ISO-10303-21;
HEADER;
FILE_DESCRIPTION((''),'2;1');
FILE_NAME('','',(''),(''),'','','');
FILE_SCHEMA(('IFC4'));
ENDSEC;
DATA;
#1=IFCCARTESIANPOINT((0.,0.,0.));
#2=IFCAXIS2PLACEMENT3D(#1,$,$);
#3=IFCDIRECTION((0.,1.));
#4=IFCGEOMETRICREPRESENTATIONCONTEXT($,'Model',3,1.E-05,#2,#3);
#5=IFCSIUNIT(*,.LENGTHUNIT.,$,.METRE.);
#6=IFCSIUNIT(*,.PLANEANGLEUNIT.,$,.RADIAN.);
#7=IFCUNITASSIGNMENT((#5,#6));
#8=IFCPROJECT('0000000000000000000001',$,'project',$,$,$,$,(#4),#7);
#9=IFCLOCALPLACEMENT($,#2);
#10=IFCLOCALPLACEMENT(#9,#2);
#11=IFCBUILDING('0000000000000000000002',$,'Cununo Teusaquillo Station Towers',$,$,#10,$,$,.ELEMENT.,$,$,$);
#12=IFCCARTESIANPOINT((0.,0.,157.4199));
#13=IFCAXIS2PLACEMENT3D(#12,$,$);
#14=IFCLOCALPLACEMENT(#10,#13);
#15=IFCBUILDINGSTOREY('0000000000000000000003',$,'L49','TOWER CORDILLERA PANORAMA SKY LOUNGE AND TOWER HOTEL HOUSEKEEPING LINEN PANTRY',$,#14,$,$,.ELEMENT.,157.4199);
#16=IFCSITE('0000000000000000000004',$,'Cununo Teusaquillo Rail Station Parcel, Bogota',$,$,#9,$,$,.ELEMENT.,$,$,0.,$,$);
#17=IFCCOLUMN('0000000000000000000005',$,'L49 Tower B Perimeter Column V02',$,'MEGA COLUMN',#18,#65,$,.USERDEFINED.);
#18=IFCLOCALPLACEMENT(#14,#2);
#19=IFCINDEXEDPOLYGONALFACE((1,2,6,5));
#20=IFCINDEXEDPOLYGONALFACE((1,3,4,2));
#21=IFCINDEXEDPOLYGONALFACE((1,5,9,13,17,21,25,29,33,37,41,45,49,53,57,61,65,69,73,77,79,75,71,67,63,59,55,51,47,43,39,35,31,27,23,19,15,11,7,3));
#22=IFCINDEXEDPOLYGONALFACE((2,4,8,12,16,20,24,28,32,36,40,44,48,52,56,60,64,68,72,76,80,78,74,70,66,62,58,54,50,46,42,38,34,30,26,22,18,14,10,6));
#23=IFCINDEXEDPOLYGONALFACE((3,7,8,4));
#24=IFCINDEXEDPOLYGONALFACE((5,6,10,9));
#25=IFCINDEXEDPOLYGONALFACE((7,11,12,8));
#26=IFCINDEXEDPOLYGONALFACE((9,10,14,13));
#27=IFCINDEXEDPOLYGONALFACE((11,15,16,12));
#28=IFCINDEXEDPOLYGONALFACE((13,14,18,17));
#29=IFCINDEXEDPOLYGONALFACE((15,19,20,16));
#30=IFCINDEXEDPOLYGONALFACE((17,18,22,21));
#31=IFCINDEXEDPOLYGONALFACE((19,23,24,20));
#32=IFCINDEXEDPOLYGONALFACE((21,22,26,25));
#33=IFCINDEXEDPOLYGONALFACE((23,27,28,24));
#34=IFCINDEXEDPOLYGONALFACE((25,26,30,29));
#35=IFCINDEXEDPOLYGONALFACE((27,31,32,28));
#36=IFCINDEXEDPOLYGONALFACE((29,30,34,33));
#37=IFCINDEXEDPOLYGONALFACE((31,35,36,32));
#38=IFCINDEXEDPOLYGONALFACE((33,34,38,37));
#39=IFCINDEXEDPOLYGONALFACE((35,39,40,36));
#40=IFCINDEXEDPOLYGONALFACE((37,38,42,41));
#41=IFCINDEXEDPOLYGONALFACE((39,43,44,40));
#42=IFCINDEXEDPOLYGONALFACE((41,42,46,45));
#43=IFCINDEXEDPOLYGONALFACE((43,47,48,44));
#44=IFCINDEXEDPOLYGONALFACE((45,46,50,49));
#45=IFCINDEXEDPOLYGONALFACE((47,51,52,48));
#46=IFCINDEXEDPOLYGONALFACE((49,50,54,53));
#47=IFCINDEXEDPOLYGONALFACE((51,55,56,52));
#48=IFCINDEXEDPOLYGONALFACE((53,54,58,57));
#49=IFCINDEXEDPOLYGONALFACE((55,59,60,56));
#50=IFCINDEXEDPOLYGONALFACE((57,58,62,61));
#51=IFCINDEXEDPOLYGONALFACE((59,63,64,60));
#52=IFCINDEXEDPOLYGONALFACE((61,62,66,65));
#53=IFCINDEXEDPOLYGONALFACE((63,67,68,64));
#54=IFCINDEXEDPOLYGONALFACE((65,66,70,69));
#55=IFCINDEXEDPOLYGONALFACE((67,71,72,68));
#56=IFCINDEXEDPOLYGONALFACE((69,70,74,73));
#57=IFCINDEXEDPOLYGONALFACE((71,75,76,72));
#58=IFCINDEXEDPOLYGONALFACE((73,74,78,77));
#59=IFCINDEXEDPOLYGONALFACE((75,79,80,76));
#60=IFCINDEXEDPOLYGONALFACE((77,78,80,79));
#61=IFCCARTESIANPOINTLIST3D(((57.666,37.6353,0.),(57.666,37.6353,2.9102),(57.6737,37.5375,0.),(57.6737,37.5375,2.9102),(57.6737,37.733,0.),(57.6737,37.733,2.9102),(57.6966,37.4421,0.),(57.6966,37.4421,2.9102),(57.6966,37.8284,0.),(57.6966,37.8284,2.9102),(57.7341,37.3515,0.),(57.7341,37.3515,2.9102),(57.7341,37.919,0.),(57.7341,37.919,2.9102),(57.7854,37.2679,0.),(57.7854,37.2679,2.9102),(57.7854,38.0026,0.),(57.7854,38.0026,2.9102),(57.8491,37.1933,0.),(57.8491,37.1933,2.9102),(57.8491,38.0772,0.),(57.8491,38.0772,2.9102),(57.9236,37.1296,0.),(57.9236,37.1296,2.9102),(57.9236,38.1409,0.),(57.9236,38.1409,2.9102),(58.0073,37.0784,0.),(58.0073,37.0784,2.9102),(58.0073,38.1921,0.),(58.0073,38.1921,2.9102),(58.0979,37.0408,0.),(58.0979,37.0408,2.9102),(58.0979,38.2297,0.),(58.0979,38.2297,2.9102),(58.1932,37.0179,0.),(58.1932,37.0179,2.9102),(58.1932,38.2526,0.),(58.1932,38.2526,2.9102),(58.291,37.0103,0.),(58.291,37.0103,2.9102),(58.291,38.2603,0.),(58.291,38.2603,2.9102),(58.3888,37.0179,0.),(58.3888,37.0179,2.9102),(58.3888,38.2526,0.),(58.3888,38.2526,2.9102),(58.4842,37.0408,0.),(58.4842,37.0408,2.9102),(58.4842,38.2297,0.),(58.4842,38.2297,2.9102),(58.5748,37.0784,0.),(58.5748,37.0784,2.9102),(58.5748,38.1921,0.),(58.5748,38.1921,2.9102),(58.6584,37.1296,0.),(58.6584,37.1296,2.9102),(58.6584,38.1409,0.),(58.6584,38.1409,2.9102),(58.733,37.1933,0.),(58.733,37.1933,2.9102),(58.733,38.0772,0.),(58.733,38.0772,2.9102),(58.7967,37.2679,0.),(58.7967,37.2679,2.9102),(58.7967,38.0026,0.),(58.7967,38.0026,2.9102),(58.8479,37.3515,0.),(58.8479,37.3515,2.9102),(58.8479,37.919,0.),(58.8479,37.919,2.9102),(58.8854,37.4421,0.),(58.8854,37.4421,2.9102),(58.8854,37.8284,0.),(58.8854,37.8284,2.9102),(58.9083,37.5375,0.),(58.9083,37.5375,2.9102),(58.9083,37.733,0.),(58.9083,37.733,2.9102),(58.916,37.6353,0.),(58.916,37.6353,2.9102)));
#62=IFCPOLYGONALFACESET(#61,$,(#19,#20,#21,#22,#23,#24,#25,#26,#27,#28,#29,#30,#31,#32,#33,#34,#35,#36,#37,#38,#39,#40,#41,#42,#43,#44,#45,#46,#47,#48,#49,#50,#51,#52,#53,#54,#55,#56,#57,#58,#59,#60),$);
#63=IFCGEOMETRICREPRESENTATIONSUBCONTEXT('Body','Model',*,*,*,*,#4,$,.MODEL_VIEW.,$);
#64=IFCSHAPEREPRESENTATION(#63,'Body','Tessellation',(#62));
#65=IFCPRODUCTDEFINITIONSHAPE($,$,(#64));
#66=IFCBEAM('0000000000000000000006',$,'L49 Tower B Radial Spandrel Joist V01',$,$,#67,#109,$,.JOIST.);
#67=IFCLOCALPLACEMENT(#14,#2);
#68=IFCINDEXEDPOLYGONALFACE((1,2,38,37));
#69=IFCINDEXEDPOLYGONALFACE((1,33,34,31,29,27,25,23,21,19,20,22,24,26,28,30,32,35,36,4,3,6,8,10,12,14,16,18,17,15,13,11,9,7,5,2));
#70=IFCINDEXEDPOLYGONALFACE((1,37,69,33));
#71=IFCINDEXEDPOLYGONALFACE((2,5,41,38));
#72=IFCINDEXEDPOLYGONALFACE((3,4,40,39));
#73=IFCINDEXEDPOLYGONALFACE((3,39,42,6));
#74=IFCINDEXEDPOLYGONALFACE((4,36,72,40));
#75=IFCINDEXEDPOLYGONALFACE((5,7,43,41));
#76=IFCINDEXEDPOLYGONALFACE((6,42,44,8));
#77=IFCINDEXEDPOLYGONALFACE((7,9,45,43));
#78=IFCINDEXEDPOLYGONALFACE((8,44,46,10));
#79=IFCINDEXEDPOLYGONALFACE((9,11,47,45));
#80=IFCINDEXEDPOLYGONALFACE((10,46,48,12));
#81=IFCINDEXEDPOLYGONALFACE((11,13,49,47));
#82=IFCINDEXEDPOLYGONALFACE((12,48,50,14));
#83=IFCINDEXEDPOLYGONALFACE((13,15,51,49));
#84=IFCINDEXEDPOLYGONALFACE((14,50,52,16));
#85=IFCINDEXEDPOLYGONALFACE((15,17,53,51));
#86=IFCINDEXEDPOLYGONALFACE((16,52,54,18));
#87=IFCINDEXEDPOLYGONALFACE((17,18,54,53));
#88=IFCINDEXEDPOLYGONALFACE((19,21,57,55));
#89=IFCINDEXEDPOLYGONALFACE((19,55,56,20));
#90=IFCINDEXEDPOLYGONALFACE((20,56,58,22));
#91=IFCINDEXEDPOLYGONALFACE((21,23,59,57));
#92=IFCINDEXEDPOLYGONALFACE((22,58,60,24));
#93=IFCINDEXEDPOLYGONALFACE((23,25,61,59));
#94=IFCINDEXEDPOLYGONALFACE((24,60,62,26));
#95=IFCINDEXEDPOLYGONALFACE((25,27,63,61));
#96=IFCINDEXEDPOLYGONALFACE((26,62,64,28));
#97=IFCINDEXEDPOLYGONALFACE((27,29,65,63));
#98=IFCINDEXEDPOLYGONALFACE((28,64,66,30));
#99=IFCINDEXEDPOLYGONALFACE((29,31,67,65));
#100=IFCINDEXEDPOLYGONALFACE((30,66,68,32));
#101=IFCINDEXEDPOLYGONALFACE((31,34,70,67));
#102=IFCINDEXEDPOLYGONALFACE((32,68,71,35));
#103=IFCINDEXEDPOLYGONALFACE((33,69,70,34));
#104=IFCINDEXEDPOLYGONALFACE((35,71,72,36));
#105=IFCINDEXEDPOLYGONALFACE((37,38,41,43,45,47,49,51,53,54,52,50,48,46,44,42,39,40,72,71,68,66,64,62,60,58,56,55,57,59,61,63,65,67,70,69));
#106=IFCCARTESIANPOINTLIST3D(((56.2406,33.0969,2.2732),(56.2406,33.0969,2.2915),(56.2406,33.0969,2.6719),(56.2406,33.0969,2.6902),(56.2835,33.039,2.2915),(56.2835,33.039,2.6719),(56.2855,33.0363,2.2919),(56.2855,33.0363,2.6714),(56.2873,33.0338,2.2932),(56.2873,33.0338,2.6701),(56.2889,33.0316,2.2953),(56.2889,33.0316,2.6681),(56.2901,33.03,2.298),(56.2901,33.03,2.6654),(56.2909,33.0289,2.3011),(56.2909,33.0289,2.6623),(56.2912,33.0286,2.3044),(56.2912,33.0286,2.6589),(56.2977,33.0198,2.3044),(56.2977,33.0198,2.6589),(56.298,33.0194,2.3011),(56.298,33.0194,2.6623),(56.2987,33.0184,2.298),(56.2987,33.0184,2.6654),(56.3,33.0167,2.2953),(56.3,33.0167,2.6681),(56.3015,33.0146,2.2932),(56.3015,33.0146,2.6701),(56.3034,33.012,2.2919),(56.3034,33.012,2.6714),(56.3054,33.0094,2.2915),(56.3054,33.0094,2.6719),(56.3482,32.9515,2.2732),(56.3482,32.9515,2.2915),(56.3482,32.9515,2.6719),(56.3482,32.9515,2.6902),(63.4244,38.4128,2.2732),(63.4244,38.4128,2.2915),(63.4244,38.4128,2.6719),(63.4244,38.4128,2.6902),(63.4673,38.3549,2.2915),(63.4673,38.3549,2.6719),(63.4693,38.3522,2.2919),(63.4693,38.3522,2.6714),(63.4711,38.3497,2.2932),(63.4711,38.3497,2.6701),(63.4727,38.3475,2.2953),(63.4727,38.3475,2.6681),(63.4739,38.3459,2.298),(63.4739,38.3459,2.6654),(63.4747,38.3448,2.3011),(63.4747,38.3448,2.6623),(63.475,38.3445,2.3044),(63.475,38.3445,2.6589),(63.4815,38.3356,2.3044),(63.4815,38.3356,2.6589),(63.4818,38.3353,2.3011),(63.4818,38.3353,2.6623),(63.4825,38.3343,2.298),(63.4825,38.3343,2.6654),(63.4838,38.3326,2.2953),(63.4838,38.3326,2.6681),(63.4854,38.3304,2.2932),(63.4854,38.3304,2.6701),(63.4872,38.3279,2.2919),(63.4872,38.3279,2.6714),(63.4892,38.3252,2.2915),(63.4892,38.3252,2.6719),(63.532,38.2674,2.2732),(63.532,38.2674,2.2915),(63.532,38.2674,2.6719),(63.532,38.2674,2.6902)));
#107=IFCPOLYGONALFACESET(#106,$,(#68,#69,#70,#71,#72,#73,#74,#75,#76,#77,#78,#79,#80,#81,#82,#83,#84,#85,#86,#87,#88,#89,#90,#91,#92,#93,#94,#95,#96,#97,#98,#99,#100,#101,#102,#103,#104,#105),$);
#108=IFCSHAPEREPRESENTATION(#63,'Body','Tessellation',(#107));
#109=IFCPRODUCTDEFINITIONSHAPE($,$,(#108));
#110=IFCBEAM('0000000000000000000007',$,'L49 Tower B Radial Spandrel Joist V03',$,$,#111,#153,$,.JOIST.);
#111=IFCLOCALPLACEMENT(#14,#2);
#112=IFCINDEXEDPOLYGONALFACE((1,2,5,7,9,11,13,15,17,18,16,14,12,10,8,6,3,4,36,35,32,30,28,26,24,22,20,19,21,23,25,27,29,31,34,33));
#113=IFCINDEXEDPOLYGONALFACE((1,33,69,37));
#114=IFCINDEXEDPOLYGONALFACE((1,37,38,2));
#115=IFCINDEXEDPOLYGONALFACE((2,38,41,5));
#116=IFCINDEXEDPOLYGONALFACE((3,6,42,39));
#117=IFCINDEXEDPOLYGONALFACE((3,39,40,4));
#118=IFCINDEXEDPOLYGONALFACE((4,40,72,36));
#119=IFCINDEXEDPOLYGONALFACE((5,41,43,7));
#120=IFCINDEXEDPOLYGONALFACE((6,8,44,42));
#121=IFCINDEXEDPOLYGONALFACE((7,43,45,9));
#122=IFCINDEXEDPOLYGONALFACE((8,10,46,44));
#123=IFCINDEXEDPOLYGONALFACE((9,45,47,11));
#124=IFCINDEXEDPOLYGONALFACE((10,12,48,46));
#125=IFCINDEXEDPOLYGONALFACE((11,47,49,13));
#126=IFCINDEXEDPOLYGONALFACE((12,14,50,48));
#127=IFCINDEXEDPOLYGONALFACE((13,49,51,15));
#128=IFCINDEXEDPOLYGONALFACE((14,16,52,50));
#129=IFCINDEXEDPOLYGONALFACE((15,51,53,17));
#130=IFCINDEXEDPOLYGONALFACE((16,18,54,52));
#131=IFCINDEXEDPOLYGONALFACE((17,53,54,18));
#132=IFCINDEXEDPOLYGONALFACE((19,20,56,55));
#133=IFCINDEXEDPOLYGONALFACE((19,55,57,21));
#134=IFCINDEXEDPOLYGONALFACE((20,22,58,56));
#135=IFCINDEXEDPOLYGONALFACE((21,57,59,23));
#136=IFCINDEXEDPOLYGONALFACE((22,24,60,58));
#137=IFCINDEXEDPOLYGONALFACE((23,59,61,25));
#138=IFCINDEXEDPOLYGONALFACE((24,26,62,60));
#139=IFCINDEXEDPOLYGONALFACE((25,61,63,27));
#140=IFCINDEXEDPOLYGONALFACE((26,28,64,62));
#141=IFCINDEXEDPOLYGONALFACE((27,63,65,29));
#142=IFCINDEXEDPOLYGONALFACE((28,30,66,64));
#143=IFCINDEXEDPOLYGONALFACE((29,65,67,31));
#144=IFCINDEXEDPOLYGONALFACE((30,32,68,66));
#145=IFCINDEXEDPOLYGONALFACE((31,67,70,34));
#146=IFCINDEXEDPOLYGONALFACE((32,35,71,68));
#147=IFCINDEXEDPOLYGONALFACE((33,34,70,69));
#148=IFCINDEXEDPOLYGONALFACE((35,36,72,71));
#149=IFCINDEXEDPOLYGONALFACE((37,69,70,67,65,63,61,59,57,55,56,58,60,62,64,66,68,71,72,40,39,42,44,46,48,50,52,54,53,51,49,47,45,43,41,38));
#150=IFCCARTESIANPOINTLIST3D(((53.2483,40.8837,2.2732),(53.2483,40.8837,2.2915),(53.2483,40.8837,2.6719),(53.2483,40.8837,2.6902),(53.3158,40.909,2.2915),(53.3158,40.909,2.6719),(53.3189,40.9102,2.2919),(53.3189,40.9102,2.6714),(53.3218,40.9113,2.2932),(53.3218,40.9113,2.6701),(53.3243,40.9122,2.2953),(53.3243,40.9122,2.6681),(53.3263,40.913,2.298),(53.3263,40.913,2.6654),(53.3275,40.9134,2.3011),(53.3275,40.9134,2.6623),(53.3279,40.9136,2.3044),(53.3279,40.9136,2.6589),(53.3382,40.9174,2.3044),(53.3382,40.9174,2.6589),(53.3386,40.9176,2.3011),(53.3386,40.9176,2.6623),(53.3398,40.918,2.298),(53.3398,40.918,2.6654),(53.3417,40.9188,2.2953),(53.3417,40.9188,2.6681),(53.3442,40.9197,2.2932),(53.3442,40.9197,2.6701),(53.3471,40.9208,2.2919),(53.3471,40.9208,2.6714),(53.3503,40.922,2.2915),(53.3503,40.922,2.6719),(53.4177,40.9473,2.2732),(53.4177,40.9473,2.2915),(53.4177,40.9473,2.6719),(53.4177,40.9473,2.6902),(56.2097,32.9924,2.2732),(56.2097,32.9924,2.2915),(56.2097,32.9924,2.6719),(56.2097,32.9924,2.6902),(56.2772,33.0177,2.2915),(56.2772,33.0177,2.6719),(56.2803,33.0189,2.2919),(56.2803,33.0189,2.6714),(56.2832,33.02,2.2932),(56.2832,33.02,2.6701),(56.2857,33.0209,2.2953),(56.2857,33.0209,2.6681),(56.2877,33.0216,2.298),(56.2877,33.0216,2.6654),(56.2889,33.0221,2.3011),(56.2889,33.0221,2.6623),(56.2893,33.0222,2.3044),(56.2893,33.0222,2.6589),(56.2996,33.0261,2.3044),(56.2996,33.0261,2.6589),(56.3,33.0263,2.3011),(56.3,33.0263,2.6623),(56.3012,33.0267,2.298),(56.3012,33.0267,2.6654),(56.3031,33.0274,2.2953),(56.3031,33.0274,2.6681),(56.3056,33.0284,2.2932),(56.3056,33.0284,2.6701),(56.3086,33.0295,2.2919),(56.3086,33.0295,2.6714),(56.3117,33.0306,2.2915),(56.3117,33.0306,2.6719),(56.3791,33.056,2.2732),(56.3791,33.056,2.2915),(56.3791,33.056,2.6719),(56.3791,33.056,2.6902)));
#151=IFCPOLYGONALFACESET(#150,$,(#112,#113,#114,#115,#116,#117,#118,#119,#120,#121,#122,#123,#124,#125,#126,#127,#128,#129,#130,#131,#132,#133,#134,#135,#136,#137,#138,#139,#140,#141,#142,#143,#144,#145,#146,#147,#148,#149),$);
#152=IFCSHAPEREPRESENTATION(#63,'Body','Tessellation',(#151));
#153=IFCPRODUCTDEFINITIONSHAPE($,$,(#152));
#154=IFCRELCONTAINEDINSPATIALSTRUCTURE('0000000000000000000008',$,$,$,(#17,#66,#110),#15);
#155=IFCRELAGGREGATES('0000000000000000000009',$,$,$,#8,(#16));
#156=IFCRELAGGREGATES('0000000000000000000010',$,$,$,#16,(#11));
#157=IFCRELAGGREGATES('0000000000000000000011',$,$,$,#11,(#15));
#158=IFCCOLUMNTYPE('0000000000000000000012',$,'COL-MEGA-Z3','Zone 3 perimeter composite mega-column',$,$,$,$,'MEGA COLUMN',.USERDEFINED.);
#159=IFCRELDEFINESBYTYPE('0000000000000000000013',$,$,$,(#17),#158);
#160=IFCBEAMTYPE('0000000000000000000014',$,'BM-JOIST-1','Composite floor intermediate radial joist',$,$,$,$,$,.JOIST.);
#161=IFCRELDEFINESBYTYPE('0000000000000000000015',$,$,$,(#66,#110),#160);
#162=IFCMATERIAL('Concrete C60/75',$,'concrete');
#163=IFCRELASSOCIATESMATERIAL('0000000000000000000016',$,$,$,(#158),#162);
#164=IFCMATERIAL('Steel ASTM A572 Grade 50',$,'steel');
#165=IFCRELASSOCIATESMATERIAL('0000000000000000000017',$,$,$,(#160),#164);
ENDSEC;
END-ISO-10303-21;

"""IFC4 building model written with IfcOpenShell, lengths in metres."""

from ifc_helpers import new_model, si_unit, direction, frame, origin, origin_2d, place, context, subcontext, project, spatial, circle, i_section, extrude, material, material_profile, profile_set, type_object, element, save


model = new_model("IFC4")

# Units and contexts
model_context = context("Model", 3, precision=1e-05, world=origin(), true_north=direction((0.0, 1.0)))
body_context = subcontext(model_context, "Body", "Model", "MODEL_VIEW")
ifc_project = project(units=[si_unit("LENGTHUNIT", "METRE"), si_unit("PLANEANGLEUNIT", "RADIAN")], contexts=[model_context])

# Site, building, storey
site_placement = place(None, origin())
site = spatial("IfcSite", under=ifc_project, at=site_placement, Name="Cununo Teusaquillo Rail Station Parcel, Bogota", CompositionType="ELEMENT", RefElevation=0.0)
building_placement = place(site_placement, origin())
building = spatial("IfcBuilding", under=site, at=building_placement, Name="Cununo Teusaquillo Station Towers", CompositionType="ELEMENT")
storey_placement = place(building_placement, frame((0.0, 0.0, 157.4199)))
storey = spatial("IfcBuildingStorey", under=building, at=storey_placement, Name="L49", Description="TOWER CORDILLERA PANORAMA SKY LOUNGE AND TOWER HOTEL HOUSEKEEPING LINEN PANTRY", CompositionType="ELEMENT", Elevation=157.4199)

# Column
ifc_material_1 = material(Name="Concrete C60/75", Category="concrete")
ifc_material_profile_1 = material_profile(ifc_material_1, circle(Radius=0.625, at=origin_2d()), Name="RC-CIRC-1250")
ifc_profile_set_1 = profile_set([ifc_material_profile_1], Name="Concrete C60/75")
column_type = type_object("IfcColumnType", Name="COL-MEGA-Z3", Description="Zone 3 perimeter composite mega-column", ElementType="MEGA COLUMN", PredefinedType="USERDEFINED", material=ifc_profile_set_1)
column_placement = place(storey_placement, frame((58.291, 37.6353, 0.0), z_axis=(0.0, 0.0, 1.0), x_axis=(1.0, 0.0, 0.0)))
element("IfcColumn", 1, at=column_placement, inside=storey, type_object=column_type, Name="L49 Tower B Perimeter Column V02", ObjectType="MEGA COLUMN", PredefinedType="USERDEFINED", context=body_context, shape_type="SweptSolid", body=[
    extrude(circle(Radius=0.625, at=origin_2d()), origin(), (0.0, 0.0, 1.0), 2.9102),
])

# Beams
ifc_material_2 = material(Name="Steel ASTM A572 Grade 50", Category="steel")
ifc_material_profile_2 = material_profile(ifc_material_2, i_section(OverallWidth=0.1809, OverallDepth=0.417, WebThickness=0.011, FlangeThickness=0.0183, FilletRadius=0.0129, at=origin_2d()), Name="W16X57")
ifc_profile_set_2 = profile_set([ifc_material_profile_2], Name="Steel ASTM A572 Grade 50")
beam_type_1 = type_object("IfcBeamType", Name="BM-JOIST-1", Description="Composite floor intermediate radial joist", PredefinedType="JOIST", material=ifc_profile_set_2)
beam_1_placement = place(storey_placement, frame((56.2944, 33.0242, 2.4817), z_axis=(0.803848, 0.594834, 0.0), x_axis=(-0.594834, 0.803848, 0.0)))
element("IfcBeam", 2, at=beam_1_placement, inside=storey, type_object=beam_type_1, Name="L49 Tower B Radial Spandrel Joist V01", PredefinedType="JOIST", context=body_context, shape_type="SweptSolid", body=[
    extrude(i_section(OverallWidth=0.1809, OverallDepth=0.417, WebThickness=0.011, FlangeThickness=0.0183, FilletRadius=0.0129, at=origin_2d()), origin(), (0.0, 0.0, 1.0), 8.9368),
])
beam_2_placement = place(storey_placement, frame((56.2944, 33.0242, 2.4817), z_axis=(-0.351349, 0.936245, 0.0), x_axis=(-0.936245, -0.351349, 0.0)))
element("IfcBeam", 3, at=beam_2_placement, inside=storey, type_object=beam_type_1, Name="L49 Tower B Radial Spandrel Joist V03", PredefinedType="JOIST", context=body_context, shape_type="SweptSolid", body=[
    extrude(i_section(OverallWidth=0.1809, OverallDepth=0.417, WebThickness=0.011, FlangeThickness=0.0183, FilletRadius=0.0129, at=origin_2d()), origin(), (0.0, 0.0, 1.0), 8.4287),
])

save(model, "model.ifc")
